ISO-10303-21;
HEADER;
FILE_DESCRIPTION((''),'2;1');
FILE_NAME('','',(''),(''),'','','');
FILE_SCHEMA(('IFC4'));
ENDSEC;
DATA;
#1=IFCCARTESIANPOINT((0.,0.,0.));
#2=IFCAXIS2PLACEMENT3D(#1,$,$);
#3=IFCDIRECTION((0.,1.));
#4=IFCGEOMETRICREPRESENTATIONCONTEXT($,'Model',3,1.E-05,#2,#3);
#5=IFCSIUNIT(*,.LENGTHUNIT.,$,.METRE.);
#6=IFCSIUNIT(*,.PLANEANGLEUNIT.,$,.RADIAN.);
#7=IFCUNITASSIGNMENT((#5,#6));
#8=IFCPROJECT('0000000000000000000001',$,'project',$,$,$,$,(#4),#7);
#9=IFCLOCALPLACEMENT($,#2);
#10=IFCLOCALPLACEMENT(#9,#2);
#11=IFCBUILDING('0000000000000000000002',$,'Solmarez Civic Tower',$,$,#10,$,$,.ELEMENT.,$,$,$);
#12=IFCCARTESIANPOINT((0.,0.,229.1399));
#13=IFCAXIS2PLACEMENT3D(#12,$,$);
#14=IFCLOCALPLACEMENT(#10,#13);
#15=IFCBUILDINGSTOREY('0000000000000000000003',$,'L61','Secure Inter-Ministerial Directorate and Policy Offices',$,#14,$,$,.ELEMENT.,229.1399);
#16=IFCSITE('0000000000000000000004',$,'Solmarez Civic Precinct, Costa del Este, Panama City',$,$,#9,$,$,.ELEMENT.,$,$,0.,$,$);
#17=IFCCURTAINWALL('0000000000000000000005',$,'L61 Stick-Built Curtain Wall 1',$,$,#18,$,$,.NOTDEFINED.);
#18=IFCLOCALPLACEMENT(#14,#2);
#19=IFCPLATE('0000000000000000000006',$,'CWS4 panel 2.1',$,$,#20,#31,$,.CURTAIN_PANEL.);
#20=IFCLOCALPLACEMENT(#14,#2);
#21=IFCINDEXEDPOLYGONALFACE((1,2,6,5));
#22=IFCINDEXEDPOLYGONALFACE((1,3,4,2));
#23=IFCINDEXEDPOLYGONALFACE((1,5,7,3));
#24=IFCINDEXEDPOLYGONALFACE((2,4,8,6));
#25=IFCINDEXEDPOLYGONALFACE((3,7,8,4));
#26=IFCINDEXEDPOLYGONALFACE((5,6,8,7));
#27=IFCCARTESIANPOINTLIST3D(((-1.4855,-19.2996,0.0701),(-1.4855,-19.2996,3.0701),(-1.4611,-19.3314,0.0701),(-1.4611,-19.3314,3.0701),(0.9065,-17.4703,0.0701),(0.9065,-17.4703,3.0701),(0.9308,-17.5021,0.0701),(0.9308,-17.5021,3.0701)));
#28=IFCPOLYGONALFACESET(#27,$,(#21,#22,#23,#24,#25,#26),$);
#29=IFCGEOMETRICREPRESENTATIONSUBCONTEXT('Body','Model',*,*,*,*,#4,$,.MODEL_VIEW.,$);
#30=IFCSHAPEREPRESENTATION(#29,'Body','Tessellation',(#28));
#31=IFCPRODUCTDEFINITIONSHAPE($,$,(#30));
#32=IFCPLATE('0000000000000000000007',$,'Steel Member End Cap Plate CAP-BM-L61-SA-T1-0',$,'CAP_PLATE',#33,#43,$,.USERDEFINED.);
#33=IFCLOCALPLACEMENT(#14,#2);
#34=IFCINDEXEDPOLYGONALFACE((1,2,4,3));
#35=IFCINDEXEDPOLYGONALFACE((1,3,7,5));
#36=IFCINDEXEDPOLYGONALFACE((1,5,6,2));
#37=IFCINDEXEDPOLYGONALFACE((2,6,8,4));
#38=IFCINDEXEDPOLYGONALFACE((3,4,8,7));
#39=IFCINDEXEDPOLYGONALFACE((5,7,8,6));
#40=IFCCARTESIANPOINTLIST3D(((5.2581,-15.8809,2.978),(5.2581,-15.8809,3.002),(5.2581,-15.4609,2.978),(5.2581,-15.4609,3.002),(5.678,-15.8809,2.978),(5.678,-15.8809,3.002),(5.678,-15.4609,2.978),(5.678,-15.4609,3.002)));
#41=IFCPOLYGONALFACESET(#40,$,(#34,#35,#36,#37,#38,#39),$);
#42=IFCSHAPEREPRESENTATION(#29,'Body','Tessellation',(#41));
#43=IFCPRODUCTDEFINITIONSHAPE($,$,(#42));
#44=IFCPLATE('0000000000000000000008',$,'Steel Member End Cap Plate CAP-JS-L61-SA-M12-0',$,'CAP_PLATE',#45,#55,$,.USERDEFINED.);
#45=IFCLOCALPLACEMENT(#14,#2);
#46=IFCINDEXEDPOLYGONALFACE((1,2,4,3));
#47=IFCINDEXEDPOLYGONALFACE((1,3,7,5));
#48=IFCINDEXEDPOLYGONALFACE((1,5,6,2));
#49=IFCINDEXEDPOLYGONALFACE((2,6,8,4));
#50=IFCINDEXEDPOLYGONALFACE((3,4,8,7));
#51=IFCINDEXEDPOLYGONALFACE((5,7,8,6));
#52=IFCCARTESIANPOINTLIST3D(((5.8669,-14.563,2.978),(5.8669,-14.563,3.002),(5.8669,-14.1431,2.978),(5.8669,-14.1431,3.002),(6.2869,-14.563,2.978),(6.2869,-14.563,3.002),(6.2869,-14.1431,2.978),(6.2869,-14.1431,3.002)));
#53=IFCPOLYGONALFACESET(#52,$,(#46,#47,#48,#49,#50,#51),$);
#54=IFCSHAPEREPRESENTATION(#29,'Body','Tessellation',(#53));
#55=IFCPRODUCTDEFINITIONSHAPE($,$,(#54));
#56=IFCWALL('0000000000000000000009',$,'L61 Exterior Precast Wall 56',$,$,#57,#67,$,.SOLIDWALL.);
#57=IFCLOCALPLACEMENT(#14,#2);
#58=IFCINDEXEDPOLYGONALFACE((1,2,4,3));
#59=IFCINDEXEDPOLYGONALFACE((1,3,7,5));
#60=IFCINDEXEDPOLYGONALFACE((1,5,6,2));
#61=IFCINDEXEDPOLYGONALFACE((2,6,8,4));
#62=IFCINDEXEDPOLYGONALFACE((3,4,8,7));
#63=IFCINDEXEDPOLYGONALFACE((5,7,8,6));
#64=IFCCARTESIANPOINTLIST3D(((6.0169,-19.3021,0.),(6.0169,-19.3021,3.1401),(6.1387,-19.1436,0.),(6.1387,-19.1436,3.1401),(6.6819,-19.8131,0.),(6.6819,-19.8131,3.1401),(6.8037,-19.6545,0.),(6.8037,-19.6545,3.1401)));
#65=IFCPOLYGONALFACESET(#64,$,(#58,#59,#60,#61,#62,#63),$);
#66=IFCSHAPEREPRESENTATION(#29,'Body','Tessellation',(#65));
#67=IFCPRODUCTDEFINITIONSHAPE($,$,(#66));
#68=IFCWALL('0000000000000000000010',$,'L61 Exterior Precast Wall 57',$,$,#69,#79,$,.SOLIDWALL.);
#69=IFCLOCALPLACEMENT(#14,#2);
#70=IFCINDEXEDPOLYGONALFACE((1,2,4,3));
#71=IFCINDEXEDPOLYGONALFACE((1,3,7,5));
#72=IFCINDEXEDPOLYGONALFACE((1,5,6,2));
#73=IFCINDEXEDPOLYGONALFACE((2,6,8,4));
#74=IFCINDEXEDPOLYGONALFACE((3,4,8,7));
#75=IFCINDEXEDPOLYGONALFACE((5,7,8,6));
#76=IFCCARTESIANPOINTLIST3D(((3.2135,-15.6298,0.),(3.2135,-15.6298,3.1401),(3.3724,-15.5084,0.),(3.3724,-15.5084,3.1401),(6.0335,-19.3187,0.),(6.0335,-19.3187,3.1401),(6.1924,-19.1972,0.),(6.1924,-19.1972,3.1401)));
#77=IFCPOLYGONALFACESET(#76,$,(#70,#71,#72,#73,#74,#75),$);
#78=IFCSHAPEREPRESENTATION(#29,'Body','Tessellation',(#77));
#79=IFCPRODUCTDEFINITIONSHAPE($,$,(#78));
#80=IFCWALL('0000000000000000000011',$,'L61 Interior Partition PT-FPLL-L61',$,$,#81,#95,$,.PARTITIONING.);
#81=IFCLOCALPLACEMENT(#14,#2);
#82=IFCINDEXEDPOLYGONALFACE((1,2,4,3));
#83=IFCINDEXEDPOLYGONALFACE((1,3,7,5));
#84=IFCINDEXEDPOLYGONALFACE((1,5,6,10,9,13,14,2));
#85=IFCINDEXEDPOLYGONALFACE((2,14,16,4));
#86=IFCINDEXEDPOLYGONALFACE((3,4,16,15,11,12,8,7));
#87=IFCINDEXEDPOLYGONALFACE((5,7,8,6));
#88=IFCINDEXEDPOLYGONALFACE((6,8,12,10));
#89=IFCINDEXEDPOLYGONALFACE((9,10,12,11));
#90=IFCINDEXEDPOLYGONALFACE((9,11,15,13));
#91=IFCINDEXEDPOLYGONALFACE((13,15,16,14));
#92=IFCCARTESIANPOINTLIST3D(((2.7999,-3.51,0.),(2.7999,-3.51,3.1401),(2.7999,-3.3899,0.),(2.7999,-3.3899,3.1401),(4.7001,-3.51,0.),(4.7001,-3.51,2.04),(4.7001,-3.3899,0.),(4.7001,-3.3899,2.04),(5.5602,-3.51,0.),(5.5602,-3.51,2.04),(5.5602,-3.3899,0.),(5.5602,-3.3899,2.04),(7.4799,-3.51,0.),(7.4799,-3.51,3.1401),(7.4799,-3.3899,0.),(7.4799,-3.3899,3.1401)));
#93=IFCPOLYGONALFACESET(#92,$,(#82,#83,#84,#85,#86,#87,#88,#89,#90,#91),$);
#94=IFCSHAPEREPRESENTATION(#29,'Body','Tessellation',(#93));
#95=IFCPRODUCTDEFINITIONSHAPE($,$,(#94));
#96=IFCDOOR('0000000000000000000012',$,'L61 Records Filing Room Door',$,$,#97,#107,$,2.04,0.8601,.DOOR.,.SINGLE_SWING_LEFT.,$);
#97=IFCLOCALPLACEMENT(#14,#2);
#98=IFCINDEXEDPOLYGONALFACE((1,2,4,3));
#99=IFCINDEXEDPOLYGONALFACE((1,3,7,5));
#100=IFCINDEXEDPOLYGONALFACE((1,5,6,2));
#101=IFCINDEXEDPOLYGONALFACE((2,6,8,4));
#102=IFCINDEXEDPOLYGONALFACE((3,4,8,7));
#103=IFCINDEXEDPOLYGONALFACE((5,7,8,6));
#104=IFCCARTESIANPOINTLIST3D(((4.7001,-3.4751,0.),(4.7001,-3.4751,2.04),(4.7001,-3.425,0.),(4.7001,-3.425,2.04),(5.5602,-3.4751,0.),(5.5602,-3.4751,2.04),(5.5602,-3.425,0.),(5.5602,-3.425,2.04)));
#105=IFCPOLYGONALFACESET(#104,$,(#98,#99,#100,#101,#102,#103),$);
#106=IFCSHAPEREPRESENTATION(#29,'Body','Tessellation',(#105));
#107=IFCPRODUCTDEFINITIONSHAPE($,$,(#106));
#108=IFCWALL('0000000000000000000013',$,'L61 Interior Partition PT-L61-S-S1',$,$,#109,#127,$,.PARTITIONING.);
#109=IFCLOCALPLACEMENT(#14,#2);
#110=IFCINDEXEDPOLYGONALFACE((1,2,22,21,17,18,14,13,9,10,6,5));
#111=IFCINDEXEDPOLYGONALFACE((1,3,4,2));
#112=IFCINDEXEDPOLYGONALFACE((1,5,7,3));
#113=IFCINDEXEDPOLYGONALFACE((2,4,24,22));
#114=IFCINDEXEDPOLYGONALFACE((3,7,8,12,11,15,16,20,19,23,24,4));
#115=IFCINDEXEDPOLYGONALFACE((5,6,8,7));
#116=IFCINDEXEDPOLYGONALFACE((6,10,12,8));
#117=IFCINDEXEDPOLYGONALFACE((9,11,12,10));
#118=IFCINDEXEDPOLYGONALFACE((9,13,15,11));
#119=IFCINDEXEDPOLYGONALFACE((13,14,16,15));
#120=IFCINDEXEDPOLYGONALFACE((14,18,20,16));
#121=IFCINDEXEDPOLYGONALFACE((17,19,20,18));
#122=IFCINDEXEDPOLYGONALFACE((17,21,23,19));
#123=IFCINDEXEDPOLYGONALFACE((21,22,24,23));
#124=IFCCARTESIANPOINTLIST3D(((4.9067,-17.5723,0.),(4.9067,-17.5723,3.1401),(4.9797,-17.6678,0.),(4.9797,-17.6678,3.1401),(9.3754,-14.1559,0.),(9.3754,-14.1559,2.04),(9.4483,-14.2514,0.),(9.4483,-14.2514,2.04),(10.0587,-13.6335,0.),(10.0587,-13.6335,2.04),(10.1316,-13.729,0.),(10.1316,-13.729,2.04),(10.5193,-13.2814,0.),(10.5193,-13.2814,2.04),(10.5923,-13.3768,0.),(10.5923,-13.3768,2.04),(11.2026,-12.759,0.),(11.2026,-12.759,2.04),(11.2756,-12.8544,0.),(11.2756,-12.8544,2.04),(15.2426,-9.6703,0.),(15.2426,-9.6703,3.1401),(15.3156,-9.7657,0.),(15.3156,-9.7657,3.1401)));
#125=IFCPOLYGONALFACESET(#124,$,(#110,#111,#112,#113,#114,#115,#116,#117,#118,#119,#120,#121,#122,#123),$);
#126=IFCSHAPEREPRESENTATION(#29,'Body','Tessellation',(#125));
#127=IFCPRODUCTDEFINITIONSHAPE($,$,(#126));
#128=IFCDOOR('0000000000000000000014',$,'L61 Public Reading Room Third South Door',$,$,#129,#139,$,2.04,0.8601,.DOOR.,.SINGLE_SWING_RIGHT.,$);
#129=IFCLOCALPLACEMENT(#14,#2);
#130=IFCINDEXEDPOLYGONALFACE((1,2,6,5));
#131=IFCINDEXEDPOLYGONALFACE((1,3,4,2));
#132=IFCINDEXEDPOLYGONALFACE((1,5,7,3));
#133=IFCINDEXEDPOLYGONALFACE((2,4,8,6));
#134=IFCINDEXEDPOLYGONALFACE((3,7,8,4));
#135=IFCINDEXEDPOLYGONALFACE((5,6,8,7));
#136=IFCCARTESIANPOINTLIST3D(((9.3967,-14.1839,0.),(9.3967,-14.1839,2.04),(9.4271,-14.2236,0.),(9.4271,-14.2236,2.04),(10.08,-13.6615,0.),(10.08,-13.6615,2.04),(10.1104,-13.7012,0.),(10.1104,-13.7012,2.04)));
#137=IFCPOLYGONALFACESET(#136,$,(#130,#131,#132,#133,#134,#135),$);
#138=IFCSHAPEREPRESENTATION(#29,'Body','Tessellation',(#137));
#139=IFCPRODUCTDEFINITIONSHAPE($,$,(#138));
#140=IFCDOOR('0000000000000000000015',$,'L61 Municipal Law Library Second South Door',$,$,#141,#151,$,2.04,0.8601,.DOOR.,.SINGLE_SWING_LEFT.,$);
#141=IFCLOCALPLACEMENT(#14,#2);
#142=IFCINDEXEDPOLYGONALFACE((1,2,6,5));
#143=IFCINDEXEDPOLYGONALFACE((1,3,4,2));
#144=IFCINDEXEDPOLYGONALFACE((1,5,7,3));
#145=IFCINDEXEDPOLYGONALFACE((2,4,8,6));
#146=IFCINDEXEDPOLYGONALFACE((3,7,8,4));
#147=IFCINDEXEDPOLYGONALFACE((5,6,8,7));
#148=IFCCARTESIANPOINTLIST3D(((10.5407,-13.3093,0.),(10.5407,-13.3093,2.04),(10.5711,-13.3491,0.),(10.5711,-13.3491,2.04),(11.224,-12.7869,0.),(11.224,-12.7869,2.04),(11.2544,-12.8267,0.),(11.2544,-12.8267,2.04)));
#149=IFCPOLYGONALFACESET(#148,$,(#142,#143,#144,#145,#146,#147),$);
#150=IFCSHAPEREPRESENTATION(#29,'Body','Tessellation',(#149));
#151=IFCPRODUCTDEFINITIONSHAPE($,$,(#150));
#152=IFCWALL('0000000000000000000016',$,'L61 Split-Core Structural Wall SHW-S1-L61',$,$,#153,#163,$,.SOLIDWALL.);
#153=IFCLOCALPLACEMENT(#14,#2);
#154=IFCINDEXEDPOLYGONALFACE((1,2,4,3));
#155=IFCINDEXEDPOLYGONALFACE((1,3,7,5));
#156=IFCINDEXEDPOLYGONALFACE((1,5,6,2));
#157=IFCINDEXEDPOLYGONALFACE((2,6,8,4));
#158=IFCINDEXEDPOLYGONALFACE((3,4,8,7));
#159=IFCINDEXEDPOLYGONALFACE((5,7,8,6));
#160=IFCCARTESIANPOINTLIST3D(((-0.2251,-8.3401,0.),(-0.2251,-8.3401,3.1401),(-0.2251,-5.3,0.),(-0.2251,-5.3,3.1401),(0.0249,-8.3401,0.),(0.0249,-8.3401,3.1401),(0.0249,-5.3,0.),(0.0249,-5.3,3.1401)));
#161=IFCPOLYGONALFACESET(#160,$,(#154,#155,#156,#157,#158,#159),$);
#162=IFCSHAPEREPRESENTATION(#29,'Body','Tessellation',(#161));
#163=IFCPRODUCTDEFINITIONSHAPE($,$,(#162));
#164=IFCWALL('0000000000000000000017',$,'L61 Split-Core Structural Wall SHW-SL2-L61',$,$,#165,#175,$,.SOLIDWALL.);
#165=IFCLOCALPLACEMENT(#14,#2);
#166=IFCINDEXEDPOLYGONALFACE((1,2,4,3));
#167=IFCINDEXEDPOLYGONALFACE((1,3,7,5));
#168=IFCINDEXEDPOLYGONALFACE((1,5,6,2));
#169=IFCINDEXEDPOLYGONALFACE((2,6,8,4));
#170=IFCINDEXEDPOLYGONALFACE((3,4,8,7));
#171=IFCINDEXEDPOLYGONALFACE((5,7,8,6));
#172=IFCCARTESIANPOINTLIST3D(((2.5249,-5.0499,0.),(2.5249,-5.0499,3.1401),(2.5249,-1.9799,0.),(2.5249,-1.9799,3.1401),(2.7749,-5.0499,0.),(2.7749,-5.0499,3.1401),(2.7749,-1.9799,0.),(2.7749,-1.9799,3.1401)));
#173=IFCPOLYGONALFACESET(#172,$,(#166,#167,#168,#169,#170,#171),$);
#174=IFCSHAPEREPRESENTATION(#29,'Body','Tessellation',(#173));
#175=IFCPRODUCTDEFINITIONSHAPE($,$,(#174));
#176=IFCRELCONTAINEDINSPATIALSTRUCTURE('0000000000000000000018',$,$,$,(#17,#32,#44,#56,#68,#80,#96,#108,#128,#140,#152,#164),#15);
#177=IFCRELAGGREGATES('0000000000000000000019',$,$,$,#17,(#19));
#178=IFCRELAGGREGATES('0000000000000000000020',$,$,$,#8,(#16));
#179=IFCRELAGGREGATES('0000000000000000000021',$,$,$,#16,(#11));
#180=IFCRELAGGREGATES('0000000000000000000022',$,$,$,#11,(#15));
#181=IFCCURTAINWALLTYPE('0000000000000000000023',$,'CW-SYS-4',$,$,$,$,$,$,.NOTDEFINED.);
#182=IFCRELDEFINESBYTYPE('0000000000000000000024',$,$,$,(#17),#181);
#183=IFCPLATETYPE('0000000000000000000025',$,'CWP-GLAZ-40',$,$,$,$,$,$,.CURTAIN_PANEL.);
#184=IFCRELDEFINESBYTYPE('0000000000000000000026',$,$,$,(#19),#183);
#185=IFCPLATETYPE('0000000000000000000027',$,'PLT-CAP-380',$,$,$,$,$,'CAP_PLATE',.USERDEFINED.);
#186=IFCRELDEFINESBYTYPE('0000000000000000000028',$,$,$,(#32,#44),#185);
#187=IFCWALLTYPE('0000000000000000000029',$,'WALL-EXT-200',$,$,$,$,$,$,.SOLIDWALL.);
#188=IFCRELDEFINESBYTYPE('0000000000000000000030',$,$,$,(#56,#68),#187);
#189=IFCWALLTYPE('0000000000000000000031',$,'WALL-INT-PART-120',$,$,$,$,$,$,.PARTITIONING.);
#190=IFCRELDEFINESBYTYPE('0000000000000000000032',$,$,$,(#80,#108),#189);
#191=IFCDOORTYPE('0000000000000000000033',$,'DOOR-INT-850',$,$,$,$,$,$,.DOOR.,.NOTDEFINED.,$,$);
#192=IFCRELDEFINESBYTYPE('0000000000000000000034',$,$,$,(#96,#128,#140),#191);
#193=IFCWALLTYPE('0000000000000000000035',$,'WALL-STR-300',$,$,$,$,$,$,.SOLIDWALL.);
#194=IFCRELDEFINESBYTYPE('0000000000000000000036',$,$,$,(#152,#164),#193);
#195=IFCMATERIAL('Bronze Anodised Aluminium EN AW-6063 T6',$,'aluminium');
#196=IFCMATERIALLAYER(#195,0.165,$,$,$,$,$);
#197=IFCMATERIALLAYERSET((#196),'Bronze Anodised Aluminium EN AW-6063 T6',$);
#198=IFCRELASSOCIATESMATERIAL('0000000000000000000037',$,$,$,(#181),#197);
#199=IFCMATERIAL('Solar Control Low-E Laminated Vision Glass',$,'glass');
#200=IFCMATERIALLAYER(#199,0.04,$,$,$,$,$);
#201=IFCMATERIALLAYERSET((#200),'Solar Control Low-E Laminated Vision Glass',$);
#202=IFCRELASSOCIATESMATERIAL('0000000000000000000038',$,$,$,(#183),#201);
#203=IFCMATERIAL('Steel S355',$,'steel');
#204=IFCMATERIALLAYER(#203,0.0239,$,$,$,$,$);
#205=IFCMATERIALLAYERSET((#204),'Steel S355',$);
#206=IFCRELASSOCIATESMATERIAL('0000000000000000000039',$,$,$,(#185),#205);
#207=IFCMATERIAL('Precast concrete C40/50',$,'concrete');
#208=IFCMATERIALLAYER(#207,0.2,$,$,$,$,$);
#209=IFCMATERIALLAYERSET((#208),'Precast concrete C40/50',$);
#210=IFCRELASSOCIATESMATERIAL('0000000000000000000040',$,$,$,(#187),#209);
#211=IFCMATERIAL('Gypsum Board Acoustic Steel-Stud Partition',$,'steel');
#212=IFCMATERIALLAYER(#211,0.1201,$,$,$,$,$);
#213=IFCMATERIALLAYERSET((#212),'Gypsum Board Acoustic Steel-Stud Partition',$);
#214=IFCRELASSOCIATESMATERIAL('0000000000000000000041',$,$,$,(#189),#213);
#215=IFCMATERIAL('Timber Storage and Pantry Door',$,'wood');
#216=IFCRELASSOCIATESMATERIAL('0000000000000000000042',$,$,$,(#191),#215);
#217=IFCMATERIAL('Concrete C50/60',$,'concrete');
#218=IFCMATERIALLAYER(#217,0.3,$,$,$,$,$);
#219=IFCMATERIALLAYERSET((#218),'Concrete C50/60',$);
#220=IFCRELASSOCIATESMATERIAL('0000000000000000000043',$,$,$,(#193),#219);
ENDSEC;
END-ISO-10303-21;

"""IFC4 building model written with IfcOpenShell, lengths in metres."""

from ifc_helpers import new_model, si_unit, direction, frame, frame_2d, origin, origin_2d, place, context, subcontext, project, spatial, rectangle, extrude, material, layer, layer_set, type_object, element, fill, aggregate, save


model = new_model("IFC4")

# Units and contexts
model_context = context("Model", 3, precision=1e-05, world=origin(), true_north=direction((0.0, 1.0)))
body_context = subcontext(model_context, "Body", "Model", "MODEL_VIEW")
ifc_project = project(units=[si_unit("LENGTHUNIT", "METRE"), si_unit("PLANEANGLEUNIT", "RADIAN")], contexts=[model_context])

# Site, building, storey
site_placement = place(None, origin())
site = spatial("IfcSite", under=ifc_project, at=site_placement, Name="Solmarez Civic Precinct, Costa del Este, Panama City", CompositionType="ELEMENT", RefElevation=0.0)
building_placement = place(site_placement, origin())
building = spatial("IfcBuilding", under=site, at=building_placement, Name="Solmarez Civic Tower", CompositionType="ELEMENT")
storey_placement = place(building_placement, frame((0.0, 0.0, 229.1399)))
storey = spatial("IfcBuildingStorey", under=building, at=storey_placement, Name="L61", Description="Secure Inter-Ministerial Directorate and Policy Offices", CompositionType="ELEMENT", Elevation=229.1399)

# Shared definitions
ifc_material_1 = material(Name="Steel S355", Category="steel")

# Shared definitions
ifc_material_2 = material(Name="Concrete C50/60", Category="concrete")

# Curtain wall, plate
ifc_material_3 = material(Name="Bronze Anodised Aluminium EN AW-6063 T6", Category="aluminium")
ifc_layer_1 = layer(ifc_material_3, 0.165)
ifc_layer_set_1 = layer_set([ifc_layer_1], Name="Bronze Anodised Aluminium EN AW-6063 T6")
curtain_wall_type = type_object("IfcCurtainWallType", Name="CW-SYS-4", PredefinedType="NOTDEFINED", material=ifc_layer_set_1)
curtain_wall_placement = place(storey_placement, origin())
curtain_wall = element("IfcCurtainWall", 1, at=curtain_wall_placement, inside=storey, type_object=curtain_wall_type, Name="L61 Stick-Built Curtain Wall 1", PredefinedType="NOTDEFINED")
ifc_material_4 = material(Name="Solar Control Low-E Laminated Vision Glass", Category="glass")
ifc_layer_2 = layer(ifc_material_4, 0.04)
ifc_layer_set_2 = layer_set([ifc_layer_2], Name="Solar Control Low-E Laminated Vision Glass")
plate_type_1 = type_object("IfcPlateType", Name="CWP-GLAZ-40", PredefinedType="CURTAIN_PANEL", material=ifc_layer_set_2)
plate_1_placement = place(storey_placement, frame((-0.2773, -18.4009, 0.0701), z_axis=(0.0, 0.0, 1.0), x_axis=(-0.794335, -0.60748, 0.0)))
plate_1 = element("IfcPlate", 2, at=plate_1_placement, type_object=plate_type_1, Name="CWS4 panel 2.1", PredefinedType="CURTAIN_PANEL", context=body_context, shape_type="SweptSolid", body=[
    extrude(rectangle(XDim=3.0112, YDim=0.04, at=origin_2d()), origin(), (0.0, 0.0, 1.0), 3.0),
])
aggregate(curtain_wall, [plate_1])

# Plates
ifc_layer_3 = layer(ifc_material_1, 0.0239)
ifc_layer_set_3 = layer_set([ifc_layer_3], Name="Steel S355")
plate_type_2 = type_object("IfcPlateType", Name="PLT-CAP-380", ElementType="CAP_PLATE", PredefinedType="USERDEFINED", material=ifc_layer_set_3)
for number, where, z_axis, x_axis, name in (
    (3, (5.468, -15.6709, 2.978), (0.0, 0.0, 1.0), (1.0, 0.0, 0.0), "Steel Member End Cap Plate CAP-BM-L61-SA-T1-0"),
    (4, (6.0769, -14.353, 2.978), (0.0, 0.0, 1.0), (1.0, 0.0, 0.0), "Steel Member End Cap Plate CAP-JS-L61-SA-M12-0"),
):
    element("IfcPlate", number, at=place(storey_placement, frame(where, z_axis=z_axis, x_axis=x_axis)), inside=storey, type_object=plate_type_2, Name=name, ObjectType="CAP_PLATE", PredefinedType="USERDEFINED", context=body_context, shape_type="SweptSolid", body=[
        extrude(rectangle(XDim=0.4199, YDim=0.4199, at=origin_2d()), origin(), (0.0, 0.0, 1.0), 0.0239),
    ])

# Walls
ifc_material_5 = material(Name="Precast concrete C40/50", Category="concrete")
ifc_layer_4 = layer(ifc_material_5, 0.2)
ifc_layer_set_4 = layer_set([ifc_layer_4], Name="Precast concrete C40/50")
wall_type_1 = type_object("IfcWallType", Name="WALL-EXT-200", PredefinedType="SOLIDWALL", material=ifc_layer_set_4)
wall_1_placement = place(storey_placement, frame((6.7429, -19.7339, 0.0), z_axis=(0.0, 0.0, 1.0), x_axis=(-0.792959, 0.609275, 0.0)))
element("IfcWall", 5, at=wall_1_placement, inside=storey, type_object=wall_type_1, Name="L61 Exterior Precast Wall 56", PredefinedType="SOLIDWALL", context=body_context, shape_type="SweptSolid", body=[
    extrude(rectangle(XDim=0.8386, YDim=0.2, at=frame_2d((0.4194, 0.0))), origin(), (0.0, 0.0, 1.0), 3.1401),
])
wall_2_placement = place(storey_placement, frame((6.113, -19.2581, 0.0), z_axis=(0.0, 0.0, 1.0), x_axis=(-0.607327, 0.794452, 0.0)))
element("IfcWall", 6, at=wall_2_placement, inside=storey, type_object=wall_type_1, Name="L61 Exterior Precast Wall 57", PredefinedType="SOLIDWALL", context=body_context, shape_type="SweptSolid", body=[
    extrude(rectangle(XDim=4.6433, YDim=0.2, at=frame_2d((2.3218, 0.0))), origin(), (0.0, 0.0, 1.0), 3.1401),
])

# Wall, opening, door
ifc_material_6 = material(Name="Gypsum Board Acoustic Steel-Stud Partition", Category="steel")
ifc_layer_5 = layer(ifc_material_6, 0.1201)
ifc_layer_set_5 = layer_set([ifc_layer_5], Name="Gypsum Board Acoustic Steel-Stud Partition")
wall_type_2 = type_object("IfcWallType", Name="WALL-INT-PART-120", PredefinedType="PARTITIONING", material=ifc_layer_set_5)
wall_3_placement = place(storey_placement, frame((2.8, -3.45, 0.0), z_axis=(0.0, 0.0, 1.0), x_axis=(1.0, 0.0, 0.0)))
wall_3 = element("IfcWall", 7, at=wall_3_placement, inside=storey, type_object=wall_type_2, Name="L61 Interior Partition PT-FPLL-L61", PredefinedType="PARTITIONING", context=body_context, shape_type="SweptSolid", body=[
    extrude(rectangle(XDim=4.6799, YDim=0.1201, at=frame_2d((2.3398, 0.0))), origin(), (0.0, 0.0, 1.0), 3.1401),
])
opening_1_placement = place(wall_3_placement, frame((1.8999, 0.0, 0.0)))
opening_1 = element("IfcOpeningElement", 8, at=opening_1_placement, cuts=wall_3, PredefinedType="OPENING", context=body_context, shape_type="SweptSolid", body=[
    extrude(rectangle(XDim=0.8601, YDim=2.04, at=frame_2d((0.4302, 1.02))), frame((0.0, 0.0701, 0.0), z_axis=(0.0, -1.0, 0.0), x_axis=(1.0, 0.0, 0.0)), (0.0, 0.0, 1.0), 0.1401),
])
ifc_material_7 = material(Name="Timber Storage and Pantry Door", Category="wood")
door_type = type_object("IfcDoorType", Name="DOOR-INT-850", OperationType="NOTDEFINED", PredefinedType="DOOR", material=ifc_material_7)
door_1_placement = place(opening_1_placement, origin())
door_1 = element("IfcDoor", 9, at=door_1_placement, inside=storey, type_object=door_type, Name="L61 Records Filing Room Door", OperationType="SINGLE_SWING_LEFT", OverallHeight=2.04, OverallWidth=0.8601, PredefinedType="DOOR", context=body_context, shape_type="SweptSolid", body=[
    extrude(rectangle(XDim=0.8601, YDim=2.04, at=frame_2d((0.4302, 1.02))), frame((0.0, 0.0249, 0.0), z_axis=(0.0, -1.0, 0.0), x_axis=(1.0, 0.0, 0.0)), (0.0, 0.0, 1.0), 0.05),
])
fill(opening_1, door_1)

# Wall, openings, doors
wall_4_placement = place(storey_placement, frame((4.9431, -17.6201, 0.0), z_axis=(0.0, 0.0, 1.0), x_axis=(0.794427, 0.60736, 0.0)))
wall_4 = element("IfcWall", 10, at=wall_4_placement, inside=storey, type_object=wall_type_2, Name="L61 Interior Partition PT-L61-S-S1", PredefinedType="PARTITIONING", context=body_context, shape_type="SweptSolid", body=[
    extrude(rectangle(XDim=13.0105, YDim=0.1201, at=frame_2d((6.5054, 0.0))), origin(), (0.0, 0.0, 1.0), 3.1401),
])
opening_2_placement = place(wall_4_placement, frame((5.625, 0.0, 0.0)))
opening_2 = element("IfcOpeningElement", 11, at=opening_2_placement, cuts=wall_4, PredefinedType="OPENING", context=body_context, shape_type="SweptSolid", body=[
    extrude(rectangle(XDim=0.8601, YDim=2.04, at=frame_2d((0.4302, 1.02))), frame((0.0, 0.0701, 0.0), z_axis=(0.0, -1.0, 0.0), x_axis=(1.0, 0.0, 0.0)), (0.0, 0.0, 1.0), 0.1401),
])
opening_3_placement = place(wall_4_placement, frame((7.0649, 0.0, 0.0)))
opening_3 = element("IfcOpeningElement", 12, at=opening_3_placement, cuts=wall_4, PredefinedType="OPENING", context=body_context, shape_type="SweptSolid", body=[
    extrude(rectangle(XDim=0.8601, YDim=2.04, at=frame_2d((0.4302, 1.02))), frame((0.0, 0.0701, 0.0), z_axis=(0.0, -1.0, 0.0), x_axis=(1.0, 0.0, 0.0)), (0.0, 0.0, 1.0), 0.1401),
])
door_2_placement = place(opening_2_placement, origin())
door_2 = element("IfcDoor", 13, at=door_2_placement, inside=storey, type_object=door_type, Name="L61 Public Reading Room Third South Door", OperationType="SINGLE_SWING_RIGHT", OverallHeight=2.04, OverallWidth=0.8601, PredefinedType="DOOR", context=body_context, shape_type="SweptSolid", body=[
    extrude(rectangle(XDim=0.8601, YDim=2.04, at=frame_2d((0.4302, 1.02))), frame((0.0, 0.0249, 0.0), z_axis=(0.0, -1.0, 0.0), x_axis=(1.0, 0.0, 0.0)), (0.0, 0.0, 1.0), 0.05),
])
fill(opening_2, door_2)
door_3_placement = place(opening_3_placement, origin())
door_3 = element("IfcDoor", 14, at=door_3_placement, inside=storey, type_object=door_type, Name="L61 Municipal Law Library Second South Door", OperationType="SINGLE_SWING_LEFT", OverallHeight=2.04, OverallWidth=0.8601, PredefinedType="DOOR", context=body_context, shape_type="SweptSolid", body=[
    extrude(rectangle(XDim=0.8601, YDim=2.04, at=frame_2d((0.4302, 1.02))), frame((0.0, 0.0249, 0.0), z_axis=(0.0, -1.0, 0.0), x_axis=(1.0, 0.0, 0.0)), (0.0, 0.0, 1.0), 0.05),
])
fill(opening_3, door_3)

# Walls
ifc_layer_6 = layer(ifc_material_2, 0.3)
ifc_layer_set_6 = layer_set([ifc_layer_6], Name="Concrete C50/60")
wall_type_3 = type_object("IfcWallType", Name="WALL-STR-300", PredefinedType="SOLIDWALL", material=ifc_layer_set_6)
wall_5_placement = place(storey_placement, frame((-0.1001, -8.3401, 0.0), z_axis=(0.0, 0.0, 1.0), x_axis=(0.0, 1.0, 0.0)))
element("IfcWall", 15, at=wall_5_placement, inside=storey, type_object=wall_type_3, Name="L61 Split-Core Structural Wall SHW-S1-L61", PredefinedType="SOLIDWALL", context=body_context, shape_type="SweptSolid", body=[
    extrude(rectangle(XDim=3.04, YDim=0.25, at=frame_2d((1.52, 0.0))), origin(), (0.0, 0.0, 1.0), 3.1401),
])
wall_6_placement = place(storey_placement, frame((2.6499, -5.05, 0.0), z_axis=(0.0, 0.0, 1.0), x_axis=(0.0, 1.0, 0.0)))
element("IfcWall", 16, at=wall_6_placement, inside=storey, type_object=wall_type_3, Name="L61 Split-Core Structural Wall SHW-SL2-L61", PredefinedType="SOLIDWALL", context=body_context, shape_type="SweptSolid", body=[
    extrude(rectangle(XDim=3.0701, YDim=0.25, at=frame_2d((1.5352, 0.0))), origin(), (0.0, 0.0, 1.0), 3.1401),
])

save(model, "model.ifc")
